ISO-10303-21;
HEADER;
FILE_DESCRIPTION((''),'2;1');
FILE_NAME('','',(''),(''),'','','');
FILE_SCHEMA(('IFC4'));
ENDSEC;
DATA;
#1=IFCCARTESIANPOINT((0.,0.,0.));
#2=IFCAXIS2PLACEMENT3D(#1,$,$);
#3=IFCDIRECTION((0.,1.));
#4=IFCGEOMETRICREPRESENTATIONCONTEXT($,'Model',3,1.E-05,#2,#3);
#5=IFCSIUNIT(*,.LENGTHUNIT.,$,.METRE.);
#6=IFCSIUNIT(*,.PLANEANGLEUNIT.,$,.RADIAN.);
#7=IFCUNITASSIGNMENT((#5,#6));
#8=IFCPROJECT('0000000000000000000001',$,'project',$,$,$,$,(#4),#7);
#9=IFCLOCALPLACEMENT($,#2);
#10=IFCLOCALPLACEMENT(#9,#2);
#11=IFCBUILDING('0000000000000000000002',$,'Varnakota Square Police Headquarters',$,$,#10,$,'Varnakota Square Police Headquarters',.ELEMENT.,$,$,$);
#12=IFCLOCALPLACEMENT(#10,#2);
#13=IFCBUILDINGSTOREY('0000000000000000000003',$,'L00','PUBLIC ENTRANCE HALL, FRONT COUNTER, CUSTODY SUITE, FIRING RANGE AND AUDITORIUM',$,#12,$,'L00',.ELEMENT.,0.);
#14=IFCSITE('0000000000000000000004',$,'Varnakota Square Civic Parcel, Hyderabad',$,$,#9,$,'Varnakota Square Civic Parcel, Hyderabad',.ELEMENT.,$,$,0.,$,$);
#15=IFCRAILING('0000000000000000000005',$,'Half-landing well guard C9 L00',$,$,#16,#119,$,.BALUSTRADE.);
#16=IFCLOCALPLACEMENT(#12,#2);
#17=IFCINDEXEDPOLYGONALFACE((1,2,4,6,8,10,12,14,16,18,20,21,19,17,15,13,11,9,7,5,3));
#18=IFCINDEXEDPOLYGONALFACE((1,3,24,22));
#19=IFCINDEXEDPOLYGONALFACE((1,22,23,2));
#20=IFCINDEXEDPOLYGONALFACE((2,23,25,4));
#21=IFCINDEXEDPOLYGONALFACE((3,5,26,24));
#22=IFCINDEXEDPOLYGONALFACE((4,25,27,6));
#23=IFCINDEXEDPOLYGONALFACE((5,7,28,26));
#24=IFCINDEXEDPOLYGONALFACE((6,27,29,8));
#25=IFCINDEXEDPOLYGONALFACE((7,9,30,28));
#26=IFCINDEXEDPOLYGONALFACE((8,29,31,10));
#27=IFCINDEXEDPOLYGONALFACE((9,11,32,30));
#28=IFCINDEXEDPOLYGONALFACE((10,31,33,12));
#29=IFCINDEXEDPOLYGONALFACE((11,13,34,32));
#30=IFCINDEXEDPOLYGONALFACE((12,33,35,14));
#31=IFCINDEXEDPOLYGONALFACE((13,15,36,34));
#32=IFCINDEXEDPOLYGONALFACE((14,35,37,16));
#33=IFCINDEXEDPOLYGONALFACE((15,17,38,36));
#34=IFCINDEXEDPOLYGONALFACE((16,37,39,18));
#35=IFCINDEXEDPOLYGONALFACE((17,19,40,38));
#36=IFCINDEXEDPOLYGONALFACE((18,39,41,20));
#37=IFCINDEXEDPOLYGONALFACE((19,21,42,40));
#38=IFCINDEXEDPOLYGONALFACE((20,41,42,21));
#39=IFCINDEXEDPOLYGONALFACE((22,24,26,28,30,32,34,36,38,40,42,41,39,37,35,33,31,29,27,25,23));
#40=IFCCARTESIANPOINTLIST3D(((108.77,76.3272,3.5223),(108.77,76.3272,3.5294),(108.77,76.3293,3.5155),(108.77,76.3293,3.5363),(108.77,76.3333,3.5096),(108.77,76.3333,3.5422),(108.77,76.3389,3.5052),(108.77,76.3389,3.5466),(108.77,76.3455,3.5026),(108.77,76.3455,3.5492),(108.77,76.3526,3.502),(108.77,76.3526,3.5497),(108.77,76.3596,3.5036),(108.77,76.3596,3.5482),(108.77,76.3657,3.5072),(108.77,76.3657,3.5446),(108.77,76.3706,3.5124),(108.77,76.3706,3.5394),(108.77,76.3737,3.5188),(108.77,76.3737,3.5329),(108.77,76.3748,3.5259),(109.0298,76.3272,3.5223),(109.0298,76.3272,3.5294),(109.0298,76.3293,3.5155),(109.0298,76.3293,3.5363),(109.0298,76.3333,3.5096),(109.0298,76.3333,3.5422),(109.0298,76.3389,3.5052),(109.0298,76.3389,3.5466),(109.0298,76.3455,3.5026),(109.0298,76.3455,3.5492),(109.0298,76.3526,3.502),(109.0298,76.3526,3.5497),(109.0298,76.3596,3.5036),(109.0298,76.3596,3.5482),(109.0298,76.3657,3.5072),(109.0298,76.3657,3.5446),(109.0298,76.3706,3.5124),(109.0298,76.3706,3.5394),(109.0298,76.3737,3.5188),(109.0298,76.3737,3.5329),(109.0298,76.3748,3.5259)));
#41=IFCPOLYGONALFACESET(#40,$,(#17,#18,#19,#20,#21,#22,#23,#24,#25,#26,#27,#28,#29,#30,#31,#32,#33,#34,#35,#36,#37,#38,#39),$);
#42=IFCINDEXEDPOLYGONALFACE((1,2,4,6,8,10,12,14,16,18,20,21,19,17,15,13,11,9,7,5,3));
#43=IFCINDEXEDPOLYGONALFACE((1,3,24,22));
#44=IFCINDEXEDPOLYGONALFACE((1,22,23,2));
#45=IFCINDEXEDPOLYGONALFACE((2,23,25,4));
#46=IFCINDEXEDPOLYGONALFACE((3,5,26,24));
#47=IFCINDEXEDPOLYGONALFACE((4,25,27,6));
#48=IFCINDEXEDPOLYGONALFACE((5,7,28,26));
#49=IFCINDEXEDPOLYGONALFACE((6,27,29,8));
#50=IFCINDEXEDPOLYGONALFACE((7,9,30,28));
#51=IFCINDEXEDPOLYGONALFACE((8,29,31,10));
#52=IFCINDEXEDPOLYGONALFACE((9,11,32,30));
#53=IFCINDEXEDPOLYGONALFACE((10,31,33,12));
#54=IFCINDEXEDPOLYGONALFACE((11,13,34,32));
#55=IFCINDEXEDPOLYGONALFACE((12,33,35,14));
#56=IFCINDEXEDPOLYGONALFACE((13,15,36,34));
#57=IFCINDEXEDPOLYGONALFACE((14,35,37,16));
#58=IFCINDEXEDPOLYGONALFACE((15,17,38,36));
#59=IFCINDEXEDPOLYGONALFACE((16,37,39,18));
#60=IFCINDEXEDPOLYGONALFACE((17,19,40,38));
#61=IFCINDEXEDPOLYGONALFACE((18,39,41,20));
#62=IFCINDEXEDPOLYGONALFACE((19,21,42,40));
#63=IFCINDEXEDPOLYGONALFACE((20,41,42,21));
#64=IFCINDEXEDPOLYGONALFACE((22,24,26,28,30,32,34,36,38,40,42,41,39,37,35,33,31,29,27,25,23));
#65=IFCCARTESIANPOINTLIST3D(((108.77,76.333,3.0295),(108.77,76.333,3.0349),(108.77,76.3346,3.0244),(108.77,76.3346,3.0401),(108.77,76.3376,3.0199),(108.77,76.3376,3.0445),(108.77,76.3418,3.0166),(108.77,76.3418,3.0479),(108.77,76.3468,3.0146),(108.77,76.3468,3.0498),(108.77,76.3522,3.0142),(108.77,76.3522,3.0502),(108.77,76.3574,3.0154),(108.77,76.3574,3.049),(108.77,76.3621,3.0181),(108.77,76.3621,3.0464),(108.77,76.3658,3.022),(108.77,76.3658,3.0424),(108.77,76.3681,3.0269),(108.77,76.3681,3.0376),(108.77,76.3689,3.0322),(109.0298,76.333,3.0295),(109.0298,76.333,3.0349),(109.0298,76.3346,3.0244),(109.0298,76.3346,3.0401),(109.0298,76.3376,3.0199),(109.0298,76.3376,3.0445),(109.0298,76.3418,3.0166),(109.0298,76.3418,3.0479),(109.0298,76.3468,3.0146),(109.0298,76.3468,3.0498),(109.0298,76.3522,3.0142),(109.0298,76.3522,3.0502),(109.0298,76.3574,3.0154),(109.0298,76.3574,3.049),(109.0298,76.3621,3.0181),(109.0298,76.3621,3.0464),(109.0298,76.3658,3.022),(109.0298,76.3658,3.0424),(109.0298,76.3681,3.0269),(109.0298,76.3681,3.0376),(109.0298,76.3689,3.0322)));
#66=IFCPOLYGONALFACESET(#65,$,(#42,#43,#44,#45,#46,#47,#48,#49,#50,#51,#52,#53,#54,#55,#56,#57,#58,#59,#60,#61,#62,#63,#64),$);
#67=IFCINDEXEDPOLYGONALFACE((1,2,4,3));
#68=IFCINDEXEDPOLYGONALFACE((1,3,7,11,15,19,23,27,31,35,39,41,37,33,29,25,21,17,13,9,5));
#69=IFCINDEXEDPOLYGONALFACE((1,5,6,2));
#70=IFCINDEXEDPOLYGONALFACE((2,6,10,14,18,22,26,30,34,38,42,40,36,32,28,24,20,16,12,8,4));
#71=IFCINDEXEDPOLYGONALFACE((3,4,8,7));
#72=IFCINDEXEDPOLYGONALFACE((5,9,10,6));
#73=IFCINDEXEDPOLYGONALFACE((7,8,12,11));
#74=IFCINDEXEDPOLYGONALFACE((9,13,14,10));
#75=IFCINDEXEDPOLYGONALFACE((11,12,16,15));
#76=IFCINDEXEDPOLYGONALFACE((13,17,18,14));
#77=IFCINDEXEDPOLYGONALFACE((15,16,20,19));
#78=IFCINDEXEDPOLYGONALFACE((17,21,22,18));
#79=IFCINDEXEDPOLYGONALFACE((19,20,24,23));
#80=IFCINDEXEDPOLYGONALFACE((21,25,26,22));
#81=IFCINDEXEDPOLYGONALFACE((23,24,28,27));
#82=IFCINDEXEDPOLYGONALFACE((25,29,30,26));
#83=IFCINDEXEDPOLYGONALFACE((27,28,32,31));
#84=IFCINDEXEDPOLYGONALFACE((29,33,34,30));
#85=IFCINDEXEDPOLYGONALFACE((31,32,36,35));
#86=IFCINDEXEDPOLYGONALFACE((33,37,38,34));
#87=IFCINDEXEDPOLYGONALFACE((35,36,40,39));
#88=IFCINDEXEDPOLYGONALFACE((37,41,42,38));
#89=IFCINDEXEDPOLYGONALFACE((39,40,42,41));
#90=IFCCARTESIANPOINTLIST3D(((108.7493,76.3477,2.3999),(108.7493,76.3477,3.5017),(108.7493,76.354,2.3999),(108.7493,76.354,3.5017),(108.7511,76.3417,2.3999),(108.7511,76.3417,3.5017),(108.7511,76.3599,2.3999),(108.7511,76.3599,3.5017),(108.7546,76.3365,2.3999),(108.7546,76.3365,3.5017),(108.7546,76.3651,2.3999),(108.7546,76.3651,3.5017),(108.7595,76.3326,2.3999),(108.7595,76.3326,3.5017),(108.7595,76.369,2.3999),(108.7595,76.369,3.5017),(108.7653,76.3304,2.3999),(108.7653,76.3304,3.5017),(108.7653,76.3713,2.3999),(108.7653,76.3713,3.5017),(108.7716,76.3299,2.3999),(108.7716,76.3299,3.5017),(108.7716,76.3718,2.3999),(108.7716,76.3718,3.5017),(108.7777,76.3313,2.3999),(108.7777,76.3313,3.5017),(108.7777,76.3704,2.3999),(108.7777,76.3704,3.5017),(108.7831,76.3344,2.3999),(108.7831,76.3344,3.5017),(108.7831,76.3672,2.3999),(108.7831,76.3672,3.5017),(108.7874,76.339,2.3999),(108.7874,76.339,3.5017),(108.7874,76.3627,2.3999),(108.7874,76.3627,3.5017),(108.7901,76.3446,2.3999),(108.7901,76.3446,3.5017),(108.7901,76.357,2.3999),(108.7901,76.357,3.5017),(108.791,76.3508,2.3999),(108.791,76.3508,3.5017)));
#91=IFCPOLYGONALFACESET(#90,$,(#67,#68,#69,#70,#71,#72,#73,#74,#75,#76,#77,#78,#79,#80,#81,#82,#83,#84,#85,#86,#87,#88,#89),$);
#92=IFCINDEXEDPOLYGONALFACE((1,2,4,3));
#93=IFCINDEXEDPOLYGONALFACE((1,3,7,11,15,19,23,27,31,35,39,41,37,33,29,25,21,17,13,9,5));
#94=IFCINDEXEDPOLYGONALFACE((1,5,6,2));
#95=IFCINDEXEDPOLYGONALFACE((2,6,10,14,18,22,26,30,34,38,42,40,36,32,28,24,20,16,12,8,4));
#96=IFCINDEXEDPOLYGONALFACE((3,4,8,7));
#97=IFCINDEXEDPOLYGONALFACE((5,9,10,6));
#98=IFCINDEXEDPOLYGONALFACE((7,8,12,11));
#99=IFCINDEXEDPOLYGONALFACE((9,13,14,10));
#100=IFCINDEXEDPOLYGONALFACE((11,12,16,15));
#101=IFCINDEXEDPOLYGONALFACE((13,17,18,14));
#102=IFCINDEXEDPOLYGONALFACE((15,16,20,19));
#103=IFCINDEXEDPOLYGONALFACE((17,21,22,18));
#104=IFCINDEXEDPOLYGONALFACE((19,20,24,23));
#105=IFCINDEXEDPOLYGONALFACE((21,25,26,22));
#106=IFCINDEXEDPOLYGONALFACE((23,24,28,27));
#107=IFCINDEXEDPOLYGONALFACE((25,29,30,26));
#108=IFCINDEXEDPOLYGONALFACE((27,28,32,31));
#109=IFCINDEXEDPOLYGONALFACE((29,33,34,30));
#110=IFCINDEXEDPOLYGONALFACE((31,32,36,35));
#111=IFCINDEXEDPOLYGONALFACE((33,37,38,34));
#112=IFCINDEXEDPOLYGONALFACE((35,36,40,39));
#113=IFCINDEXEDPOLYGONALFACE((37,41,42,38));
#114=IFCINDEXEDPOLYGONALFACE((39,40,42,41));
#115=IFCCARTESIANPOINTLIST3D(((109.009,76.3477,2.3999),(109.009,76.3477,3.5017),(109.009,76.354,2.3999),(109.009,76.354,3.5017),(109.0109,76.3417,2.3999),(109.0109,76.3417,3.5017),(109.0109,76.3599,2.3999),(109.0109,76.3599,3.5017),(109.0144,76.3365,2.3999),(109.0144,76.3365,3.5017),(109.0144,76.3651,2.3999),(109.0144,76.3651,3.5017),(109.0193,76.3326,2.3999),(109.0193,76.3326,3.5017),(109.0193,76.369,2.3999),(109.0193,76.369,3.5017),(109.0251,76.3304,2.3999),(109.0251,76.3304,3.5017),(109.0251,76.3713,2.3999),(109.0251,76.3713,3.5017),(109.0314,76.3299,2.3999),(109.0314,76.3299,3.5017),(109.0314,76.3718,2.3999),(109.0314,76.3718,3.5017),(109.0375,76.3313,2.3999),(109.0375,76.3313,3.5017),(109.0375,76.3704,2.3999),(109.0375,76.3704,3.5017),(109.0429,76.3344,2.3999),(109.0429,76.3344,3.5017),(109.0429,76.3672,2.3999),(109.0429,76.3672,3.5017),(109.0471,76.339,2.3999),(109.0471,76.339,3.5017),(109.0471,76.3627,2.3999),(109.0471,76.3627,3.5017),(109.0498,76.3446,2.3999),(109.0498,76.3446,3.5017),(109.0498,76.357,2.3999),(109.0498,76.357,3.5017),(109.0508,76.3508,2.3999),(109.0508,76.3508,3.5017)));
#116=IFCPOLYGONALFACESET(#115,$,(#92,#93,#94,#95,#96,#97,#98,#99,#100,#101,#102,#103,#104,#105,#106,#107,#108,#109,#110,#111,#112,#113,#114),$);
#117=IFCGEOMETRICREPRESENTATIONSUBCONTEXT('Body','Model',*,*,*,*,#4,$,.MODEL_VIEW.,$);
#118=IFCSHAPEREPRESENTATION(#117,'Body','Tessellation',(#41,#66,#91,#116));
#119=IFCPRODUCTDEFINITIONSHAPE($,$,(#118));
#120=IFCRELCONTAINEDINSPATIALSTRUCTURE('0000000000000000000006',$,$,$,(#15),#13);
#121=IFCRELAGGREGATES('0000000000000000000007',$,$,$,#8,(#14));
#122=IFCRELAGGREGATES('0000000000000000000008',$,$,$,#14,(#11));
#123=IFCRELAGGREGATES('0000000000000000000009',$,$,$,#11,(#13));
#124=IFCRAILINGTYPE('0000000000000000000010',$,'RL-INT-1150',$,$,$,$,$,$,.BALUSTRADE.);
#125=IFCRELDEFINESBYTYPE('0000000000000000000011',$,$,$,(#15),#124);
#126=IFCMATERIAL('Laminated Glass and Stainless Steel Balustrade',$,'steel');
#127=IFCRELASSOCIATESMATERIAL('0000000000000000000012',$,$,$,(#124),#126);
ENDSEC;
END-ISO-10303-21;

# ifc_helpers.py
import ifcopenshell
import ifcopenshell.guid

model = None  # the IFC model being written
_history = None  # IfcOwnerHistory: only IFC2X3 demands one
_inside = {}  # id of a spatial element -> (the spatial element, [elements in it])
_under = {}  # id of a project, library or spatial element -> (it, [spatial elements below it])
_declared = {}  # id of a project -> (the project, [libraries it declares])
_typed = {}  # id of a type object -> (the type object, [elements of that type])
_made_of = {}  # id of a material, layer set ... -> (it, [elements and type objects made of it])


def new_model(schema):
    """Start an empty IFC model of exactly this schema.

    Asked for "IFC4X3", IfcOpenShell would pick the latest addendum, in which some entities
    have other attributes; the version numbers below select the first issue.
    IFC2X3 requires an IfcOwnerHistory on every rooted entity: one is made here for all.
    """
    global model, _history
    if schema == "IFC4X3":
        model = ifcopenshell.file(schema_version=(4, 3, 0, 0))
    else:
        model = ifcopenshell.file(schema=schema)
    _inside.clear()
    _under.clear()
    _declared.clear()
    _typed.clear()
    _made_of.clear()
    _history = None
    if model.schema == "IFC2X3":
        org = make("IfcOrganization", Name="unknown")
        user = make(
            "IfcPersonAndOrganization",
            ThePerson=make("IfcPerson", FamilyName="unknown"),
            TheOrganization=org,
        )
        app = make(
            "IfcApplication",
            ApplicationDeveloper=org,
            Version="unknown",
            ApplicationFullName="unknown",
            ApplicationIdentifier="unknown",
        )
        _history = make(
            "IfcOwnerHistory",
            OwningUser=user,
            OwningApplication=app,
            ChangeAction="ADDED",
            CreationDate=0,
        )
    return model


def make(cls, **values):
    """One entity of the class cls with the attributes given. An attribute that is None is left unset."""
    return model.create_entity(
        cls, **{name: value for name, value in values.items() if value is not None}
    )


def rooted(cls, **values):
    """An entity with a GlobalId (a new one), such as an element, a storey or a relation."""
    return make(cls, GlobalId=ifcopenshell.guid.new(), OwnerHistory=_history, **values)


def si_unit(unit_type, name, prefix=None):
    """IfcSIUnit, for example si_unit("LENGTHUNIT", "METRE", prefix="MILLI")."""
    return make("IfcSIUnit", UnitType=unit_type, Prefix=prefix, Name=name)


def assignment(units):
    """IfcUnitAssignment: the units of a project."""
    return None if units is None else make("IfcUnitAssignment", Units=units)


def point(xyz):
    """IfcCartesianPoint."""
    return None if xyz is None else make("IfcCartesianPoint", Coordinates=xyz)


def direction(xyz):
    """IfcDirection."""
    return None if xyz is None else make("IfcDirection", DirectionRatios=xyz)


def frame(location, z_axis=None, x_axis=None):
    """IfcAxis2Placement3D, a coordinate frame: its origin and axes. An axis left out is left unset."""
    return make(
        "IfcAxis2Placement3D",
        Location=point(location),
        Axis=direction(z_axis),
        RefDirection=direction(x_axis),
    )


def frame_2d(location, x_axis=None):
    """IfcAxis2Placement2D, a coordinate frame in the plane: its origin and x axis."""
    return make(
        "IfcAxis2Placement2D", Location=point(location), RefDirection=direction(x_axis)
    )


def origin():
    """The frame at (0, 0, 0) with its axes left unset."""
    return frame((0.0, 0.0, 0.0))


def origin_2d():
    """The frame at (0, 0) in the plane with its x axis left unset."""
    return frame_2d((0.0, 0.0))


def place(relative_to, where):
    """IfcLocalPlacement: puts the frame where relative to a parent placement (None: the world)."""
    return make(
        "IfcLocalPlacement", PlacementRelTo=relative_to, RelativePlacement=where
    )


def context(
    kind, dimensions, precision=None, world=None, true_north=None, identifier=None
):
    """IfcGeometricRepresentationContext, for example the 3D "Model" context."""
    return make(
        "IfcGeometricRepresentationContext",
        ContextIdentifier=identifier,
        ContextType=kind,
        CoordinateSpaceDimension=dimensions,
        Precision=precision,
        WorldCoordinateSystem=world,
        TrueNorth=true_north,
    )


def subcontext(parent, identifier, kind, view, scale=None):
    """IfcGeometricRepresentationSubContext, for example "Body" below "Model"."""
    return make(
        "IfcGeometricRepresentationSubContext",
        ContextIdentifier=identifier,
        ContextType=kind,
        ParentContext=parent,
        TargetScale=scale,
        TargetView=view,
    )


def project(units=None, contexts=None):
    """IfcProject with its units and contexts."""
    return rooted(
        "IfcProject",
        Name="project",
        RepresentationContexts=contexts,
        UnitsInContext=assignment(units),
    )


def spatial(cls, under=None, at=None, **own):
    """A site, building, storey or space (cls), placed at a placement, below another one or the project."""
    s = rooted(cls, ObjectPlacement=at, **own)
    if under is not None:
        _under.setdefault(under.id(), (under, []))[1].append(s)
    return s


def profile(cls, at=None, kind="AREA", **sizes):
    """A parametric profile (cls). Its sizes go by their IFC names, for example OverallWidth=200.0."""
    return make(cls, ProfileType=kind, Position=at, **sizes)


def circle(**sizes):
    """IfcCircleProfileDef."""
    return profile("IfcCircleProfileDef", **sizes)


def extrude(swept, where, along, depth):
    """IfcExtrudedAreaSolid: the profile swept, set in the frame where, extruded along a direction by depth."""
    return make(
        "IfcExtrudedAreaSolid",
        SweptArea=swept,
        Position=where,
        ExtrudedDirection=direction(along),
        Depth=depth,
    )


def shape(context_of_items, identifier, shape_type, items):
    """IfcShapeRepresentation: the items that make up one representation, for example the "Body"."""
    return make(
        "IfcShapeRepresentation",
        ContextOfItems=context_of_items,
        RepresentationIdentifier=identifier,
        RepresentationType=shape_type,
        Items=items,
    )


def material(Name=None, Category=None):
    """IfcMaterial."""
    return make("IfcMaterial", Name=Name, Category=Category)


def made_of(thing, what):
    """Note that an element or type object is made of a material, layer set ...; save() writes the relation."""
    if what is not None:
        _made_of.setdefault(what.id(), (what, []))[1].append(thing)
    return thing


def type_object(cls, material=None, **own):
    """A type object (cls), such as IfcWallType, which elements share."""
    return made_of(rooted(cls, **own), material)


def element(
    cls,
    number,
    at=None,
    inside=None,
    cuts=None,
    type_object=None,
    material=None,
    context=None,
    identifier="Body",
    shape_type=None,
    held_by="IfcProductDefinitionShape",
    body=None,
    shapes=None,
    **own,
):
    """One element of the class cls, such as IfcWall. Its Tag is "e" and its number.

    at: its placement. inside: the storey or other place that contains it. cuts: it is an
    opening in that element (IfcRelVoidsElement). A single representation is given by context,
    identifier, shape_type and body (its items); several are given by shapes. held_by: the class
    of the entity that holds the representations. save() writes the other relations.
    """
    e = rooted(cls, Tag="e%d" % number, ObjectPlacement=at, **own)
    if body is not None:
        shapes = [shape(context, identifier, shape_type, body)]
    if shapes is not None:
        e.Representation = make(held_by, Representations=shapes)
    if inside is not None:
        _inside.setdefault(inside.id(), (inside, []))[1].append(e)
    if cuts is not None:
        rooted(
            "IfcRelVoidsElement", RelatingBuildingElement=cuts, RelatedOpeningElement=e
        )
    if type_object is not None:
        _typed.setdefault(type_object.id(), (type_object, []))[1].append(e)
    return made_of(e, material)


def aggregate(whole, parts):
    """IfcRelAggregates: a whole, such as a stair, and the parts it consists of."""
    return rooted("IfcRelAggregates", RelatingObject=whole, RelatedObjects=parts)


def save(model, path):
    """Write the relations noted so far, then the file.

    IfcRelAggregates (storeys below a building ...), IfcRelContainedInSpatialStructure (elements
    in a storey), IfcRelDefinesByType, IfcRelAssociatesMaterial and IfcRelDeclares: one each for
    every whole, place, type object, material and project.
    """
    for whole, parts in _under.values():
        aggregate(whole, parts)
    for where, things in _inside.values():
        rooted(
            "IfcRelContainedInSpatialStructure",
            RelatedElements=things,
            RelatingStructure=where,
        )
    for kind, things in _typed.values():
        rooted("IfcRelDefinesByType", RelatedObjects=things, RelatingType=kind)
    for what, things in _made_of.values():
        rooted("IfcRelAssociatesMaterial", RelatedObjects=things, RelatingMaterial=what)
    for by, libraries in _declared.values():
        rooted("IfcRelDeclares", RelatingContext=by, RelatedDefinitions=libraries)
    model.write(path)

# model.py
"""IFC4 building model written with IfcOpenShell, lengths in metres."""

from ifc_helpers import new_model, si_unit, direction, frame, origin, origin_2d, place, context, subcontext, project, spatial, circle, extrude, material, type_object, element, save


model = new_model("IFC4")

# Units and contexts
model_context = context("Model", 3, precision=1e-05, world=origin(), true_north=direction((0.0, 1.0)))
body_context = subcontext(model_context, "Body", "Model", "MODEL_VIEW")
ifc_project = project(units=[si_unit("LENGTHUNIT", "METRE"), si_unit("PLANEANGLEUNIT", "RADIAN")], contexts=[model_context])

# Site, building, storey
site_placement = place(None, origin())
site = spatial("IfcSite", under=ifc_project, at=site_placement, Name="Varnakota Square Civic Parcel, Hyderabad", LongName="Varnakota Square Civic Parcel, Hyderabad", CompositionType="ELEMENT", RefElevation=0.0)
building_placement = place(site_placement, origin())
building = spatial("IfcBuilding", under=site, at=building_placement, Name="Varnakota Square Police Headquarters", LongName="Varnakota Square Police Headquarters", CompositionType="ELEMENT")
storey_placement = place(building_placement, origin())
storey = spatial("IfcBuildingStorey", under=building, at=storey_placement, Name="L00", Description="PUBLIC ENTRANCE HALL, FRONT COUNTER, CUSTODY SUITE, FIRING RANGE AND AUDITORIUM", LongName="L00", CompositionType="ELEMENT", Elevation=0.0)

# Railing
ifc_material_1 = material(Name="Laminated Glass and Stainless Steel Balustrade", Category="steel")
railing_type_1 = type_object("IfcRailingType", Name="RL-INT-1150", PredefinedType="BALUSTRADE", material=ifc_material_1)
railing_1_placement = place(storey_placement, frame((108.77, 76.3508, 2.3999)))
element("IfcRailing", 1, at=railing_1_placement, inside=storey, type_object=railing_type_1, Name="Half-landing well guard C9 L00", PredefinedType="BALUSTRADE", context=body_context, shape_type="SweptSolid", body=[
    extrude(circle(Radius=0.0239, at=origin_2d()), frame((0.0, 0.0, 1.126), z_axis=(1.0, 0.0, 0.0), x_axis=(0.0, 1.0, 0.0)), (0.0, 0.0, 1.0), 0.2598),
    extrude(circle(Radius=0.0181, at=origin_2d()), frame((0.0, 0.0, 0.6323), z_axis=(1.0, 0.0, 0.0), x_axis=(0.0, 1.0, 0.0)), (0.0, 0.0, 1.0), 0.2598),
    extrude(circle(Radius=0.021, at=origin_2d()), origin(), (0.0, 0.0, 1.0), 1.1018),
    extrude(circle(Radius=0.021, at=origin_2d()), frame((0.2598, 0.0, 0.0)), (0.0, 0.0, 1.0), 1.1018),
])

save(model, "model.ifc")
